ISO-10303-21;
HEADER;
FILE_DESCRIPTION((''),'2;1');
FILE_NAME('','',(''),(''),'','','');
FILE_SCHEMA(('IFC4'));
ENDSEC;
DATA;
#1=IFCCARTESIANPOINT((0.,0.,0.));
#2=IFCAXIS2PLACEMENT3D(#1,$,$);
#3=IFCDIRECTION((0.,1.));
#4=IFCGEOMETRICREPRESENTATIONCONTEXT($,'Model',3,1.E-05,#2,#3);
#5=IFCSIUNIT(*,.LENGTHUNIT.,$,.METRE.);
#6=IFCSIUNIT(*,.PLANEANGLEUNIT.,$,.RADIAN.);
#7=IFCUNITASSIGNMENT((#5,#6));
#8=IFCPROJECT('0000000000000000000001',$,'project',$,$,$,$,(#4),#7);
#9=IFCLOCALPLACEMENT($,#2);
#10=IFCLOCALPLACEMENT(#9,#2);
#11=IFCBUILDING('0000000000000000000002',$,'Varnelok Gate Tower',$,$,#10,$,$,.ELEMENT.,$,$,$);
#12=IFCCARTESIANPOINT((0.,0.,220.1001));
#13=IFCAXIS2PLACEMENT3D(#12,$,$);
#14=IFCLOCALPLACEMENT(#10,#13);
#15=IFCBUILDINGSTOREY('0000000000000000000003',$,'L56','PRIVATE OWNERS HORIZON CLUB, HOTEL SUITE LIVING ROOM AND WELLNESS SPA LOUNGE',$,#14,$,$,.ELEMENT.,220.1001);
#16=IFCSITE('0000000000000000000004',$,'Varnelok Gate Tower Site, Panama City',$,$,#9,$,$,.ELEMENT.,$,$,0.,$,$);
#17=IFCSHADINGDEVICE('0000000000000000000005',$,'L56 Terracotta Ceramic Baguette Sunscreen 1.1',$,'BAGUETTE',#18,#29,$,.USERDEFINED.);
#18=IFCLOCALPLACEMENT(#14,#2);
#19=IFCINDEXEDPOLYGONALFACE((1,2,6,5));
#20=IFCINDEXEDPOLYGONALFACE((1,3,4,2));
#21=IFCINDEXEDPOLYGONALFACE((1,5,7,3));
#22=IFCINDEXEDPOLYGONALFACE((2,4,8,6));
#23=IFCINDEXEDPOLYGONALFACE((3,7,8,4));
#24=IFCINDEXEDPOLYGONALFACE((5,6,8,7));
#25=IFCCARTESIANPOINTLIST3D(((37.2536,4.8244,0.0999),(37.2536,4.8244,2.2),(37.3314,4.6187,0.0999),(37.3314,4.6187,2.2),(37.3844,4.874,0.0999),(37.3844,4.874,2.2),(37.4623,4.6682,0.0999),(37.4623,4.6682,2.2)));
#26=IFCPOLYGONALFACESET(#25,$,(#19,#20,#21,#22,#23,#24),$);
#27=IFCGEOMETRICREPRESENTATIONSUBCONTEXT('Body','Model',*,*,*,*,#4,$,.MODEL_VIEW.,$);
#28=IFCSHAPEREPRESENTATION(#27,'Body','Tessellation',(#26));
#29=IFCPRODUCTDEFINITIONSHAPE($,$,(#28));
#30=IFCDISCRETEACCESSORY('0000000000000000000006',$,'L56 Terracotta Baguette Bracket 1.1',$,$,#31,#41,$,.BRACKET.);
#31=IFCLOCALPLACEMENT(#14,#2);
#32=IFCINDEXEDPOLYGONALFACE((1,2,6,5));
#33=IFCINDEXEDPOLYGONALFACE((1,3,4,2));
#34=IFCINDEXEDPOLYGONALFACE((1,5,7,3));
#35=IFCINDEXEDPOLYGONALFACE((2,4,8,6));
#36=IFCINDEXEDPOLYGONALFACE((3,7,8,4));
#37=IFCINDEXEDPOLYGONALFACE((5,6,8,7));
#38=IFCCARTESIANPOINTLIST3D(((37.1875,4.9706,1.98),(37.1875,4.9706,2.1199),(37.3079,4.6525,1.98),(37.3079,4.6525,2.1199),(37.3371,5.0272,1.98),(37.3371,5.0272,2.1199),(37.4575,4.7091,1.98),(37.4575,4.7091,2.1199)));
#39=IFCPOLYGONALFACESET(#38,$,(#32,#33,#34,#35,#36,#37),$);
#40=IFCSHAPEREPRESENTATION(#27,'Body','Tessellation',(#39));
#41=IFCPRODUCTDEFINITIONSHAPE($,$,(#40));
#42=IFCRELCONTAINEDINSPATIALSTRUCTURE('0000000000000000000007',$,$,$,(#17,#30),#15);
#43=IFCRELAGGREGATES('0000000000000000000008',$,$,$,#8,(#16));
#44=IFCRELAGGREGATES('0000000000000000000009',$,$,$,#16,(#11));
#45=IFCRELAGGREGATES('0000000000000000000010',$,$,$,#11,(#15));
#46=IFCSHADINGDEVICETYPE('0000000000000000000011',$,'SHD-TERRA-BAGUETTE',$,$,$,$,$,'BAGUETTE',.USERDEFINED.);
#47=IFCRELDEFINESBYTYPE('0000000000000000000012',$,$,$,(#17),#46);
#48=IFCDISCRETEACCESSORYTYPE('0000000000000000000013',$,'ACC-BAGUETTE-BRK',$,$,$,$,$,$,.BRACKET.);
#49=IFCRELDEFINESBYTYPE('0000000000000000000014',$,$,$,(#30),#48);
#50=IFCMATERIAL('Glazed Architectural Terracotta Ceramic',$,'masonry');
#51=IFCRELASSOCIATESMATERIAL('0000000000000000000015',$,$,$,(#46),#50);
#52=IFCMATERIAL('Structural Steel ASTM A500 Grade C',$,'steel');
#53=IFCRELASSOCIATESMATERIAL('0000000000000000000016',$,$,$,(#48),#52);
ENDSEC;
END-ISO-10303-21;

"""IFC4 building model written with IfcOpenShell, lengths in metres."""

from ifc_helpers import new_model, si_unit, direction, frame, origin, origin_2d, place, context, subcontext, project, spatial, rectangle, extrude, source, transform, mapped, material, type_object, element, save


model = new_model("IFC4")

# Units and contexts
model_context = context("Model", 3, precision=1e-05, world=origin(), true_north=direction((0.0, 1.0)))
body_context = subcontext(model_context, "Body", "Model", "MODEL_VIEW")
ifc_project = project(units=[si_unit("LENGTHUNIT", "METRE"), si_unit("PLANEANGLEUNIT", "RADIAN")], contexts=[model_context])

# Site, building, storey
site_placement = place(None, origin())
site = spatial("IfcSite", under=ifc_project, at=site_placement, Name="Varnelok Gate Tower Site, Panama City", CompositionType="ELEMENT", RefElevation=0.0)
building_placement = place(site_placement, origin())
building = spatial("IfcBuilding", under=site, at=building_placement, Name="Varnelok Gate Tower", CompositionType="ELEMENT")
storey_placement = place(building_placement, frame((0.0, 0.0, 220.1001)))
storey = spatial("IfcBuildingStorey", under=building, at=storey_placement, Name="L56", Description="PRIVATE OWNERS HORIZON CLUB, HOTEL SUITE LIVING ROOM AND WELLNESS SPA LOUNGE", CompositionType="ELEMENT", Elevation=220.1001)

# Shading device
ifc_material_1 = material(Name="Glazed Architectural Terracotta Ceramic", Category="masonry")
shading_device_type = type_object("IfcShadingDeviceType", Name="SHD-TERRA-BAGUETTE", ElementType="BAGUETTE", PredefinedType="USERDEFINED", material=ifc_material_1)
shared_shape_1 = source(origin(), body_context, "Body", "SweptSolid", [
    extrude(rectangle(XDim=0.1399, YDim=0.22, at=origin_2d()), origin(), (0.0, 0.0, 1.0), 2.1001),
])
shading_device_placement = place(storey_placement, frame((37.3579, 4.7463, 0.0999), z_axis=(0.0, 0.0, 1.0), x_axis=(0.935222, 0.354063, 0.0)))
element("IfcShadingDevice", 1, at=shading_device_placement, inside=storey, type_object=shading_device_type, Name="L56 Terracotta Ceramic Baguette Sunscreen 1.1", ObjectType="BAGUETTE", PredefinedType="USERDEFINED", context=body_context, shape_type="MappedRepresentation", body=[
    mapped(shared_shape_1, transform((0.0, 0.0, 0.0), scale=1.0)),
])

# Discrete accessory
ifc_material_2 = material(Name="Structural Steel ASTM A500 Grade C", Category="steel")
discrete_accessory_type = type_object("IfcDiscreteAccessoryType", Name="ACC-BAGUETTE-BRK", PredefinedType="BRACKET", material=ifc_material_2)
shared_shape_2 = source(origin(), body_context, "Body", "SweptSolid", [
    extrude(rectangle(XDim=0.1599, YDim=0.3401, at=origin_2d()), origin(), (0.0, 0.0, 1.0), 0.1399),
])
discrete_accessory_placement = place(storey_placement, frame((37.3225, 4.8398, 1.98), z_axis=(0.0, 0.0, 1.0), x_axis=(0.935222, 0.354063, 0.0)))
element("IfcDiscreteAccessory", 2, at=discrete_accessory_placement, inside=storey, type_object=discrete_accessory_type, Name="L56 Terracotta Baguette Bracket 1.1", PredefinedType="BRACKET", context=body_context, shape_type="MappedRepresentation", body=[
    mapped(shared_shape_2, transform((0.0, 0.0, 0.0), scale=1.0)),
])

save(model, "model.ifc")
